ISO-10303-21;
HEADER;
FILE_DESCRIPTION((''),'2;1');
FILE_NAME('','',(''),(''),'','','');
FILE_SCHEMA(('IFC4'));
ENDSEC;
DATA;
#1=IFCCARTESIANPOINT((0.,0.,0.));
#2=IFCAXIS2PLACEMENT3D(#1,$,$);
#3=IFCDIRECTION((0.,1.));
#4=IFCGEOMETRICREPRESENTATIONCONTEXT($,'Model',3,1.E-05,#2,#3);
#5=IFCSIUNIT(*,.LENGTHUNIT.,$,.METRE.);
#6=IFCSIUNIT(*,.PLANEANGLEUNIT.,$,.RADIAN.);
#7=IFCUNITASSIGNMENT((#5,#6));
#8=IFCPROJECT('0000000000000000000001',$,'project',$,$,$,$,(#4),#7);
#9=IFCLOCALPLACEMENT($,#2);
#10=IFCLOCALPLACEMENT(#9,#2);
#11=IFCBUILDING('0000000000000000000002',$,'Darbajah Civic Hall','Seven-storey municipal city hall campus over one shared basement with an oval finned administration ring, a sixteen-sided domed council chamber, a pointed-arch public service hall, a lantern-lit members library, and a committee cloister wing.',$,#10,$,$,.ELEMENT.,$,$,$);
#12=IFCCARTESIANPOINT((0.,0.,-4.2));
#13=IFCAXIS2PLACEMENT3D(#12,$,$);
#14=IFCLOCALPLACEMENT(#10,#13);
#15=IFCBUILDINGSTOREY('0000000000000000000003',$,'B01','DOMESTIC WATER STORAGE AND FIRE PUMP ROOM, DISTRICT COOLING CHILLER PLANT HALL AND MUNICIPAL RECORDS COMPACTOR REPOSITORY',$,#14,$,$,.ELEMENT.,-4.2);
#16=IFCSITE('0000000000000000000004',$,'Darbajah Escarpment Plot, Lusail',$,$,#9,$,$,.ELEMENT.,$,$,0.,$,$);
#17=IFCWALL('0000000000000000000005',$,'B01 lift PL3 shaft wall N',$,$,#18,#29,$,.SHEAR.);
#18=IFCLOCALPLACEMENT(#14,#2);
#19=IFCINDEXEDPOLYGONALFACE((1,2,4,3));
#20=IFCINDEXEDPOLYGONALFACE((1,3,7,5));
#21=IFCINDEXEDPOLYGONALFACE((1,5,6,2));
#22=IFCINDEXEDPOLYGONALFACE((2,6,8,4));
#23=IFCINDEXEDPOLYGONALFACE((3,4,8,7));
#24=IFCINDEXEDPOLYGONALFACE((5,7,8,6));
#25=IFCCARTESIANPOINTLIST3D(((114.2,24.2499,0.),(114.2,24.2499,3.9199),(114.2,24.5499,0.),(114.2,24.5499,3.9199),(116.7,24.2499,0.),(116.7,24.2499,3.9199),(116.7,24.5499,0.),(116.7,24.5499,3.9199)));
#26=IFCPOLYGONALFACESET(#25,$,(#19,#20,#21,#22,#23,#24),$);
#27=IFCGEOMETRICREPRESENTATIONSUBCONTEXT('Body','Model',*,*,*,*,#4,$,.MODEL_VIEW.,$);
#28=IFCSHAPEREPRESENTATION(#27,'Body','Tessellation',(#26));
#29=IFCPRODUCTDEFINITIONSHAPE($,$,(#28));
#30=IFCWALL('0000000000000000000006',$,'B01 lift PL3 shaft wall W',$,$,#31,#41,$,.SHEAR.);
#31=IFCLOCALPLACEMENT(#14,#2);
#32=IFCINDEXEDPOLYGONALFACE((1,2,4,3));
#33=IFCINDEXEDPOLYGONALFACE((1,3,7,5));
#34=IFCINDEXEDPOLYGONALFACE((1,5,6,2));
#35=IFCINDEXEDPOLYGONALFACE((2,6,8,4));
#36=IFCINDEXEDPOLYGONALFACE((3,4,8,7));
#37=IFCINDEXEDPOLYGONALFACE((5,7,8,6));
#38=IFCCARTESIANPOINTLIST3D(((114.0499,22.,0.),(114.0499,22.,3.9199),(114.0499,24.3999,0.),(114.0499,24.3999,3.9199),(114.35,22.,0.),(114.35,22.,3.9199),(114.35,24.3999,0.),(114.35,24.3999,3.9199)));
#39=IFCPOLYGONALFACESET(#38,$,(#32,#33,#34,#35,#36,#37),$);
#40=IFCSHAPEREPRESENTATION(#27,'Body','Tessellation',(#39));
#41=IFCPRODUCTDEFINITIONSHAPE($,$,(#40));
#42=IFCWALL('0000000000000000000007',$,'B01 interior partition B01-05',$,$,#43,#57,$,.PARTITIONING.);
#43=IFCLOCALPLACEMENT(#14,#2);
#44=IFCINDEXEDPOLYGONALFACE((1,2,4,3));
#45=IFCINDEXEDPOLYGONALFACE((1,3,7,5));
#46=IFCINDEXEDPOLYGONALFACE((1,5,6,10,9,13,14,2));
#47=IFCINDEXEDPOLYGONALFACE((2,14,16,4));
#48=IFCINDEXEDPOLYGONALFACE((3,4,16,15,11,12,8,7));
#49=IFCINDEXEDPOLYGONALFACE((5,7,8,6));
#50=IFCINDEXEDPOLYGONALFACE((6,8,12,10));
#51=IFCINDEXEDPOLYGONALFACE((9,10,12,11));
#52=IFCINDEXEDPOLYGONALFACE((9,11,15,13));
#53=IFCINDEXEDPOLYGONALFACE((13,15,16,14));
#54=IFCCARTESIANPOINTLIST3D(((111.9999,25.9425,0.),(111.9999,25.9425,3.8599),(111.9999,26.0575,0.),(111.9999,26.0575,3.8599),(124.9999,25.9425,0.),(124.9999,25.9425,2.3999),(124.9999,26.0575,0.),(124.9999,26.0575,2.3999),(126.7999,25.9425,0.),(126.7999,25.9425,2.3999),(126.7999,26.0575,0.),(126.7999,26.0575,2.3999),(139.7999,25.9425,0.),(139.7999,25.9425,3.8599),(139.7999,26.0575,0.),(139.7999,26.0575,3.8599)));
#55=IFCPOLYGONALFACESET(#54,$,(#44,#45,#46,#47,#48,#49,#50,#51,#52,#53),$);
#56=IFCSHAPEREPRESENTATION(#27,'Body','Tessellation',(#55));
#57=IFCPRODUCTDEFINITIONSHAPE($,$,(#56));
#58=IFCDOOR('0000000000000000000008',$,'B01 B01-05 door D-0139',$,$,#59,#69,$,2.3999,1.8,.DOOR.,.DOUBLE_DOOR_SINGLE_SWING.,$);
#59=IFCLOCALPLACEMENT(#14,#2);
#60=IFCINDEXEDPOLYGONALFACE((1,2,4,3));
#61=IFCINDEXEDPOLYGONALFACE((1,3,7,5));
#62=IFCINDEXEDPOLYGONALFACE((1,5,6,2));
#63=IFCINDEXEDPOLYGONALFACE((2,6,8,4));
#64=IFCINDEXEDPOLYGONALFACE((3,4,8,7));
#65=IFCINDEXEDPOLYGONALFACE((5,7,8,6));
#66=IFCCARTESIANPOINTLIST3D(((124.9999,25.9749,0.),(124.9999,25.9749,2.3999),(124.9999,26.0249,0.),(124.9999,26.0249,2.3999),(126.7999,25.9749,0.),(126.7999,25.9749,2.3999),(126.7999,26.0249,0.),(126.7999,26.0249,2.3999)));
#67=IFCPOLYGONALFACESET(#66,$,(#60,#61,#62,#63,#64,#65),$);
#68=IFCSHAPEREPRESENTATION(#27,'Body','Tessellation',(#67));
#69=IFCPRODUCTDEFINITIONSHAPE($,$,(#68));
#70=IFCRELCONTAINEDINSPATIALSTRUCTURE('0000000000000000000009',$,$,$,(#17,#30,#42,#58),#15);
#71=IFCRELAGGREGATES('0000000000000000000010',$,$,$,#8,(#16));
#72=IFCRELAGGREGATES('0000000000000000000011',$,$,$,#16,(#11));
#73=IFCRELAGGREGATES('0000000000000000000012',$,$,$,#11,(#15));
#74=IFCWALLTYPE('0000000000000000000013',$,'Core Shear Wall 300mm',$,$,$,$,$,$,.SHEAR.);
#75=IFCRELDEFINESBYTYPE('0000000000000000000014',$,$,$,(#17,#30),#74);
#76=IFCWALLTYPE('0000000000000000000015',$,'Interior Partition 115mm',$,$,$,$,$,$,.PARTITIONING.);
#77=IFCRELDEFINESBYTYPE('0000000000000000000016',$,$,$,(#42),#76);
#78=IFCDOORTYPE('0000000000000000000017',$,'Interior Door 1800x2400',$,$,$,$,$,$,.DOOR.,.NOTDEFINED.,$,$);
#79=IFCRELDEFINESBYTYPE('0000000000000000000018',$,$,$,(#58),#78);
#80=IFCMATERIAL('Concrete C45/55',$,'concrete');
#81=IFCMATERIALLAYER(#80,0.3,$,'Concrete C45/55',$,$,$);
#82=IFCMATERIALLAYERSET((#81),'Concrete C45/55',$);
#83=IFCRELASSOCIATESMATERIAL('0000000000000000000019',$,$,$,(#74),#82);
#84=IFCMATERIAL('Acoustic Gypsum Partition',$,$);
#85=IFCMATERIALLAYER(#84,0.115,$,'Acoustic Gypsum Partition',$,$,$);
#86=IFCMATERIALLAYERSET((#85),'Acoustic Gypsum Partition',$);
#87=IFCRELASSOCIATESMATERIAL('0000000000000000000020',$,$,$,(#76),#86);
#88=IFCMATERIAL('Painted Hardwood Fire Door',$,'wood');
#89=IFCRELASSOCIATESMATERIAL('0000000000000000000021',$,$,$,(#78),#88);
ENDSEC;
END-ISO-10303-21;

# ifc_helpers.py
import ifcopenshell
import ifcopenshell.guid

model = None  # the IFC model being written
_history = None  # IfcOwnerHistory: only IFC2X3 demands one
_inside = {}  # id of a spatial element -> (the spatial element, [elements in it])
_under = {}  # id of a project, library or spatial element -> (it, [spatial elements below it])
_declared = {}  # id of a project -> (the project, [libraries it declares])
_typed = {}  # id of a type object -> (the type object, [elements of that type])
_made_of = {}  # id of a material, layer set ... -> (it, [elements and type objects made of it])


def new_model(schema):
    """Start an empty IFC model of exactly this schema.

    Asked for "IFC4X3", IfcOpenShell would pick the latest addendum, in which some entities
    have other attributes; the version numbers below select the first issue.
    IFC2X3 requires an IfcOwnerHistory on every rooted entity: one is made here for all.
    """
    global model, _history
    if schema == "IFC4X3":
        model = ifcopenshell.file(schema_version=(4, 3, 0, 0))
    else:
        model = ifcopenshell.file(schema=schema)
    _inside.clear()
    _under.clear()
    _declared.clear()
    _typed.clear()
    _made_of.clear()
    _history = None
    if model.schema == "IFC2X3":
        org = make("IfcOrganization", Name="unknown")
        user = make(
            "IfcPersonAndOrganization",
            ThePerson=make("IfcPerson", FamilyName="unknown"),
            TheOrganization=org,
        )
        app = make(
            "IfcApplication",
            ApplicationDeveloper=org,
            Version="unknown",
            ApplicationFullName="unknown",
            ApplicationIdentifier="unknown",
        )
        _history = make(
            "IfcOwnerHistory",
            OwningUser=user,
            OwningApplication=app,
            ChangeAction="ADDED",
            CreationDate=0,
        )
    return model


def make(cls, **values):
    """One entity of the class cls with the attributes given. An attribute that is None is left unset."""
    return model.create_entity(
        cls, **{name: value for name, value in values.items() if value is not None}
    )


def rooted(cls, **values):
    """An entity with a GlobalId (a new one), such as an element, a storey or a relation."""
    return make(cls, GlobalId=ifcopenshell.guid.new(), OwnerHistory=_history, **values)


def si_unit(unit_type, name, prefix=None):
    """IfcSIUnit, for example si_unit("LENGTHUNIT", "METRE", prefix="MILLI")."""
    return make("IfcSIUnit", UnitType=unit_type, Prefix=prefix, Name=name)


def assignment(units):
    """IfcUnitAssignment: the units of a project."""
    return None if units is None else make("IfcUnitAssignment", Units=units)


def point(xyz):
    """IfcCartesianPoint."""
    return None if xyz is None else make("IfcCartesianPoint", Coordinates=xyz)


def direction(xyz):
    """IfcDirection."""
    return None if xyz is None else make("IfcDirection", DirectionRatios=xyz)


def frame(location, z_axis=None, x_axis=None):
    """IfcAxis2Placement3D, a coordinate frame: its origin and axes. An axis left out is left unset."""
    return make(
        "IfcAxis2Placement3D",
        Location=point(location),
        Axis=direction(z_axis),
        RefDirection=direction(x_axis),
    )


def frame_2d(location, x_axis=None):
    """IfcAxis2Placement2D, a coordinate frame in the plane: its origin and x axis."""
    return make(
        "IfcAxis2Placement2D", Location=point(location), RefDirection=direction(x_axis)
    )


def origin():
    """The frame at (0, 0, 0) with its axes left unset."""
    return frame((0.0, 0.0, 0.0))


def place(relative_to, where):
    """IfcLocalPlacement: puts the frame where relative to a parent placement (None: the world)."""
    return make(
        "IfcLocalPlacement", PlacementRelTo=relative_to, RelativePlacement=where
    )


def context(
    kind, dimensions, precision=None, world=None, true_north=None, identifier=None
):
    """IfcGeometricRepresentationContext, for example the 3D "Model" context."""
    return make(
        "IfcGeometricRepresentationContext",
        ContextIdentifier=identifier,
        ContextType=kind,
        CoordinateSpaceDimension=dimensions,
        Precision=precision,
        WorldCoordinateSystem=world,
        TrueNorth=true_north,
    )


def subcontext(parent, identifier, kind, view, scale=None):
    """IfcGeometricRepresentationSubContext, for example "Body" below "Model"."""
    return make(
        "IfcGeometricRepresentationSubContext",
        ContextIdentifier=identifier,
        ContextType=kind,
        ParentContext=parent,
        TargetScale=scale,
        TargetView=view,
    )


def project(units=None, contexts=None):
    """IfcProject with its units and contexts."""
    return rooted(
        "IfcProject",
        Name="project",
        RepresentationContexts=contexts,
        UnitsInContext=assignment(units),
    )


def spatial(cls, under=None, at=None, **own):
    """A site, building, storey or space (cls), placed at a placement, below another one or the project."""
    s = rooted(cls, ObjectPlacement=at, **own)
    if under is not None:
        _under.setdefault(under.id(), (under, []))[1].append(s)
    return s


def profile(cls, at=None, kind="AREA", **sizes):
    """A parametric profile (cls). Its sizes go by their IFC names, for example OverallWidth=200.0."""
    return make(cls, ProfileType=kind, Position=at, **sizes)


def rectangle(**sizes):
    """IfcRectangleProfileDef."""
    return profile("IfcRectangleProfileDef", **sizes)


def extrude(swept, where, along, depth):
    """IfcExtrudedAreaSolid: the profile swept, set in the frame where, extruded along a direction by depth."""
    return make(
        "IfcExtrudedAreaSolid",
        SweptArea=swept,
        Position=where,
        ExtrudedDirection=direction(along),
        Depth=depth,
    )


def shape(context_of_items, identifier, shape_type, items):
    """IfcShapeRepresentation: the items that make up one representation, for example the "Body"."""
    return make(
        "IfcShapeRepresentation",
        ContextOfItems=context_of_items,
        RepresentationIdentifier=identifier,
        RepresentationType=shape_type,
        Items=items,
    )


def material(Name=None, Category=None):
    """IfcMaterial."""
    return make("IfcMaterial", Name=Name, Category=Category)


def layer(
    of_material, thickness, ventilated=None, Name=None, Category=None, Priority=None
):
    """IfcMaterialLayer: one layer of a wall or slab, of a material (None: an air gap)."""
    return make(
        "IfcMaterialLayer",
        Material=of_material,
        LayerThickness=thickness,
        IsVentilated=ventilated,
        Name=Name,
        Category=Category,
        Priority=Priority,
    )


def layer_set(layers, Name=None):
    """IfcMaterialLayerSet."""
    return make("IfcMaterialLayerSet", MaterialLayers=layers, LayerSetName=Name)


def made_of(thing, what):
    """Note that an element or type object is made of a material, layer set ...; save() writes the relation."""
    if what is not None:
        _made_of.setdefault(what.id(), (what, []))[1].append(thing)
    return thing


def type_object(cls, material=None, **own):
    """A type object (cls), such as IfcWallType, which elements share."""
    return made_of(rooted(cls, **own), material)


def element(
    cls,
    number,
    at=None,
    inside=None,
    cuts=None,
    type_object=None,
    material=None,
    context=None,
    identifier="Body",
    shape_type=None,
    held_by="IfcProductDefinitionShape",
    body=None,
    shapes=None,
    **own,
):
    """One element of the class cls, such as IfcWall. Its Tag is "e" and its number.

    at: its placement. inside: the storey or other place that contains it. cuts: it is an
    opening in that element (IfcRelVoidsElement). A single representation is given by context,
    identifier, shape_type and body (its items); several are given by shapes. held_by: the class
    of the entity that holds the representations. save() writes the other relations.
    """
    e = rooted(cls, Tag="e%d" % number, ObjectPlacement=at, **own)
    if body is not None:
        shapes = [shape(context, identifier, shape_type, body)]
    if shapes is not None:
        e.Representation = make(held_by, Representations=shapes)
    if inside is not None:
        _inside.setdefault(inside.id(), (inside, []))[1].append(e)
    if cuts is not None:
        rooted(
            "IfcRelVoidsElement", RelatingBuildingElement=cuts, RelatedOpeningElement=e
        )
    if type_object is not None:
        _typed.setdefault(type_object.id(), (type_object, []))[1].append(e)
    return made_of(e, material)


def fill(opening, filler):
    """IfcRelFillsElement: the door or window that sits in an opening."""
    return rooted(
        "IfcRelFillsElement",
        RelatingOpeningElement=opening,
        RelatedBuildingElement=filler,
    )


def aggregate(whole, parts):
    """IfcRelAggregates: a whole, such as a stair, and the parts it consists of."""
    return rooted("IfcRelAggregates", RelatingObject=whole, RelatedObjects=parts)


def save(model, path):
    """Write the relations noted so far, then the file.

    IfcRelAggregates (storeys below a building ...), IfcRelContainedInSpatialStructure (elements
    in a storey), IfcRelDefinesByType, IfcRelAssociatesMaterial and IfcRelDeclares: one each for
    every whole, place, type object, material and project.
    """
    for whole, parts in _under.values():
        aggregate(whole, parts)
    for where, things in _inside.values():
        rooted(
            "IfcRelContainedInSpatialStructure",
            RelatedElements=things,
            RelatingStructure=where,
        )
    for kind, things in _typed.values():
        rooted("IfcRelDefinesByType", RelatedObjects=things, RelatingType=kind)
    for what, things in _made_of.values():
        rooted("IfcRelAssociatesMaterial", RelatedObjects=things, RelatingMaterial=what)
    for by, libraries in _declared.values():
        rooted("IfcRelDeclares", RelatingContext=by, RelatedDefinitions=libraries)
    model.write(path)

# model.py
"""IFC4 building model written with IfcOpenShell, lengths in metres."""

from ifc_helpers import new_model, si_unit, direction, frame, frame_2d, origin, place, context, subcontext, project, spatial, rectangle, extrude, material, layer, layer_set, type_object, element, fill, save


model = new_model("IFC4")

# Units and contexts
model_context = context("Model", 3, precision=1e-05, world=origin(), true_north=direction((0.0, 1.0)))
body_context = subcontext(model_context, "Body", "Model", "MODEL_VIEW")
ifc_project = project(units=[si_unit("LENGTHUNIT", "METRE"), si_unit("PLANEANGLEUNIT", "RADIAN")], contexts=[model_context])

# Site, building, storey
site_placement = place(None, origin())
site = spatial("IfcSite", under=ifc_project, at=site_placement, Name="Darbajah Escarpment Plot, Lusail", CompositionType="ELEMENT", RefElevation=0.0)
building_placement = place(site_placement, origin())
building = spatial("IfcBuilding", under=site, at=building_placement, Name="Darbajah Civic Hall", Description="Seven-storey municipal city hall campus over one shared basement with an oval finned administration ring, a sixteen-sided domed council chamber, a pointed-arch public service hall, a lantern-lit members library, and a committee cloister wing.", CompositionType="ELEMENT")
storey_placement = place(building_placement, frame((0.0, 0.0, -4.2)))
storey = spatial("IfcBuildingStorey", under=building, at=storey_placement, Name="B01", Description="DOMESTIC WATER STORAGE AND FIRE PUMP ROOM, DISTRICT COOLING CHILLER PLANT HALL AND MUNICIPAL RECORDS COMPACTOR REPOSITORY", CompositionType="ELEMENT", Elevation=-4.2)

# Shared definitions
ifc_material_1 = material(Name="Concrete C45/55", Category="concrete")

# Walls
ifc_layer_1 = layer(ifc_material_1, 0.3, Name="Concrete C45/55")
ifc_layer_set_1 = layer_set([ifc_layer_1], Name="Concrete C45/55")
wall_type_1 = type_object("IfcWallType", Name="Core Shear Wall 300mm", PredefinedType="SHEAR", material=ifc_layer_set_1)
wall_1_placement = place(storey_placement, frame((116.7, 24.3999, 0.0), z_axis=(0.0, 0.0, 1.0), x_axis=(-1.0, 0.0, 0.0)))
element("IfcWall", 1, at=wall_1_placement, inside=storey, type_object=wall_type_1, Name="B01 lift PL3 shaft wall N", PredefinedType="SHEAR", context=body_context, shape_type="SweptSolid", body=[
    extrude(rectangle(XDim=2.5, YDim=0.3, at=frame_2d((1.25, 0.0))), origin(), (0.0, 0.0, 1.0), 3.9199),
])
wall_2_placement = place(storey_placement, frame((114.2, 24.3999, 0.0), z_axis=(0.0, 0.0, 1.0), x_axis=(0.0, -1.0, 0.0)))
element("IfcWall", 2, at=wall_2_placement, inside=storey, type_object=wall_type_1, Name="B01 lift PL3 shaft wall W", PredefinedType="SHEAR", context=body_context, shape_type="SweptSolid", body=[
    extrude(rectangle(XDim=2.3999, YDim=0.3, at=frame_2d((1.2, 0.0))), origin(), (0.0, 0.0, 1.0), 3.9199),
])

# Wall, opening, door
ifc_material_2 = material(Name="Acoustic Gypsum Partition")
ifc_layer_2 = layer(ifc_material_2, 0.115, Name="Acoustic Gypsum Partition")
ifc_layer_set_2 = layer_set([ifc_layer_2], Name="Acoustic Gypsum Partition")
wall_type_2 = type_object("IfcWallType", Name="Interior Partition 115mm", PredefinedType="PARTITIONING", material=ifc_layer_set_2)
wall_3_placement = place(storey_placement, frame((112.0, 26.0, 0.0), z_axis=(0.0, 0.0, 1.0), x_axis=(1.0, 0.0, 0.0)))
wall_3 = element("IfcWall", 3, at=wall_3_placement, inside=storey, type_object=wall_type_2, Name="B01 interior partition B01-05", PredefinedType="PARTITIONING", context=body_context, shape_type="SweptSolid", body=[
    extrude(rectangle(XDim=27.8, YDim=0.115, at=frame_2d((13.8999, 0.0))), origin(), (0.0, 0.0, 1.0), 3.8599),
])
opening_placement = place(wall_3_placement, frame((13.0, 0.0, 0.0)))
opening = element("IfcOpeningElement", 4, at=opening_placement, cuts=wall_3, PredefinedType="OPENING", context=body_context, shape_type="SweptSolid", body=[
    extrude(rectangle(XDim=1.8, YDim=2.3999, at=frame_2d((0.8999, 1.2))), frame((0.0, 0.0674, 0.0), z_axis=(0.0, -1.0, 0.0), x_axis=(1.0, 0.0, 0.0)), (0.0, 0.0, 1.0), 0.135),
])
ifc_material_3 = material(Name="Painted Hardwood Fire Door", Category="wood")
door_type = type_object("IfcDoorType", Name="Interior Door 1800x2400", OperationType="NOTDEFINED", PredefinedType="DOOR", material=ifc_material_3)
door_placement = place(opening_placement, origin())
door = element("IfcDoor", 5, at=door_placement, inside=storey, type_object=door_type, Name="B01 B01-05 door D-0139", OperationType="DOUBLE_DOOR_SINGLE_SWING", OverallHeight=2.3999, OverallWidth=1.8, PredefinedType="DOOR", context=body_context, shape_type="SweptSolid", body=[
    extrude(rectangle(XDim=1.8, YDim=2.3999, at=frame_2d((0.8999, 1.2))), frame((0.0, 0.0249, 0.0), z_axis=(0.0, -1.0, 0.0), x_axis=(1.0, 0.0, 0.0)), (0.0, 0.0, 1.0), 0.05),
])
fill(opening, door)

save(model, "model.ifc")
